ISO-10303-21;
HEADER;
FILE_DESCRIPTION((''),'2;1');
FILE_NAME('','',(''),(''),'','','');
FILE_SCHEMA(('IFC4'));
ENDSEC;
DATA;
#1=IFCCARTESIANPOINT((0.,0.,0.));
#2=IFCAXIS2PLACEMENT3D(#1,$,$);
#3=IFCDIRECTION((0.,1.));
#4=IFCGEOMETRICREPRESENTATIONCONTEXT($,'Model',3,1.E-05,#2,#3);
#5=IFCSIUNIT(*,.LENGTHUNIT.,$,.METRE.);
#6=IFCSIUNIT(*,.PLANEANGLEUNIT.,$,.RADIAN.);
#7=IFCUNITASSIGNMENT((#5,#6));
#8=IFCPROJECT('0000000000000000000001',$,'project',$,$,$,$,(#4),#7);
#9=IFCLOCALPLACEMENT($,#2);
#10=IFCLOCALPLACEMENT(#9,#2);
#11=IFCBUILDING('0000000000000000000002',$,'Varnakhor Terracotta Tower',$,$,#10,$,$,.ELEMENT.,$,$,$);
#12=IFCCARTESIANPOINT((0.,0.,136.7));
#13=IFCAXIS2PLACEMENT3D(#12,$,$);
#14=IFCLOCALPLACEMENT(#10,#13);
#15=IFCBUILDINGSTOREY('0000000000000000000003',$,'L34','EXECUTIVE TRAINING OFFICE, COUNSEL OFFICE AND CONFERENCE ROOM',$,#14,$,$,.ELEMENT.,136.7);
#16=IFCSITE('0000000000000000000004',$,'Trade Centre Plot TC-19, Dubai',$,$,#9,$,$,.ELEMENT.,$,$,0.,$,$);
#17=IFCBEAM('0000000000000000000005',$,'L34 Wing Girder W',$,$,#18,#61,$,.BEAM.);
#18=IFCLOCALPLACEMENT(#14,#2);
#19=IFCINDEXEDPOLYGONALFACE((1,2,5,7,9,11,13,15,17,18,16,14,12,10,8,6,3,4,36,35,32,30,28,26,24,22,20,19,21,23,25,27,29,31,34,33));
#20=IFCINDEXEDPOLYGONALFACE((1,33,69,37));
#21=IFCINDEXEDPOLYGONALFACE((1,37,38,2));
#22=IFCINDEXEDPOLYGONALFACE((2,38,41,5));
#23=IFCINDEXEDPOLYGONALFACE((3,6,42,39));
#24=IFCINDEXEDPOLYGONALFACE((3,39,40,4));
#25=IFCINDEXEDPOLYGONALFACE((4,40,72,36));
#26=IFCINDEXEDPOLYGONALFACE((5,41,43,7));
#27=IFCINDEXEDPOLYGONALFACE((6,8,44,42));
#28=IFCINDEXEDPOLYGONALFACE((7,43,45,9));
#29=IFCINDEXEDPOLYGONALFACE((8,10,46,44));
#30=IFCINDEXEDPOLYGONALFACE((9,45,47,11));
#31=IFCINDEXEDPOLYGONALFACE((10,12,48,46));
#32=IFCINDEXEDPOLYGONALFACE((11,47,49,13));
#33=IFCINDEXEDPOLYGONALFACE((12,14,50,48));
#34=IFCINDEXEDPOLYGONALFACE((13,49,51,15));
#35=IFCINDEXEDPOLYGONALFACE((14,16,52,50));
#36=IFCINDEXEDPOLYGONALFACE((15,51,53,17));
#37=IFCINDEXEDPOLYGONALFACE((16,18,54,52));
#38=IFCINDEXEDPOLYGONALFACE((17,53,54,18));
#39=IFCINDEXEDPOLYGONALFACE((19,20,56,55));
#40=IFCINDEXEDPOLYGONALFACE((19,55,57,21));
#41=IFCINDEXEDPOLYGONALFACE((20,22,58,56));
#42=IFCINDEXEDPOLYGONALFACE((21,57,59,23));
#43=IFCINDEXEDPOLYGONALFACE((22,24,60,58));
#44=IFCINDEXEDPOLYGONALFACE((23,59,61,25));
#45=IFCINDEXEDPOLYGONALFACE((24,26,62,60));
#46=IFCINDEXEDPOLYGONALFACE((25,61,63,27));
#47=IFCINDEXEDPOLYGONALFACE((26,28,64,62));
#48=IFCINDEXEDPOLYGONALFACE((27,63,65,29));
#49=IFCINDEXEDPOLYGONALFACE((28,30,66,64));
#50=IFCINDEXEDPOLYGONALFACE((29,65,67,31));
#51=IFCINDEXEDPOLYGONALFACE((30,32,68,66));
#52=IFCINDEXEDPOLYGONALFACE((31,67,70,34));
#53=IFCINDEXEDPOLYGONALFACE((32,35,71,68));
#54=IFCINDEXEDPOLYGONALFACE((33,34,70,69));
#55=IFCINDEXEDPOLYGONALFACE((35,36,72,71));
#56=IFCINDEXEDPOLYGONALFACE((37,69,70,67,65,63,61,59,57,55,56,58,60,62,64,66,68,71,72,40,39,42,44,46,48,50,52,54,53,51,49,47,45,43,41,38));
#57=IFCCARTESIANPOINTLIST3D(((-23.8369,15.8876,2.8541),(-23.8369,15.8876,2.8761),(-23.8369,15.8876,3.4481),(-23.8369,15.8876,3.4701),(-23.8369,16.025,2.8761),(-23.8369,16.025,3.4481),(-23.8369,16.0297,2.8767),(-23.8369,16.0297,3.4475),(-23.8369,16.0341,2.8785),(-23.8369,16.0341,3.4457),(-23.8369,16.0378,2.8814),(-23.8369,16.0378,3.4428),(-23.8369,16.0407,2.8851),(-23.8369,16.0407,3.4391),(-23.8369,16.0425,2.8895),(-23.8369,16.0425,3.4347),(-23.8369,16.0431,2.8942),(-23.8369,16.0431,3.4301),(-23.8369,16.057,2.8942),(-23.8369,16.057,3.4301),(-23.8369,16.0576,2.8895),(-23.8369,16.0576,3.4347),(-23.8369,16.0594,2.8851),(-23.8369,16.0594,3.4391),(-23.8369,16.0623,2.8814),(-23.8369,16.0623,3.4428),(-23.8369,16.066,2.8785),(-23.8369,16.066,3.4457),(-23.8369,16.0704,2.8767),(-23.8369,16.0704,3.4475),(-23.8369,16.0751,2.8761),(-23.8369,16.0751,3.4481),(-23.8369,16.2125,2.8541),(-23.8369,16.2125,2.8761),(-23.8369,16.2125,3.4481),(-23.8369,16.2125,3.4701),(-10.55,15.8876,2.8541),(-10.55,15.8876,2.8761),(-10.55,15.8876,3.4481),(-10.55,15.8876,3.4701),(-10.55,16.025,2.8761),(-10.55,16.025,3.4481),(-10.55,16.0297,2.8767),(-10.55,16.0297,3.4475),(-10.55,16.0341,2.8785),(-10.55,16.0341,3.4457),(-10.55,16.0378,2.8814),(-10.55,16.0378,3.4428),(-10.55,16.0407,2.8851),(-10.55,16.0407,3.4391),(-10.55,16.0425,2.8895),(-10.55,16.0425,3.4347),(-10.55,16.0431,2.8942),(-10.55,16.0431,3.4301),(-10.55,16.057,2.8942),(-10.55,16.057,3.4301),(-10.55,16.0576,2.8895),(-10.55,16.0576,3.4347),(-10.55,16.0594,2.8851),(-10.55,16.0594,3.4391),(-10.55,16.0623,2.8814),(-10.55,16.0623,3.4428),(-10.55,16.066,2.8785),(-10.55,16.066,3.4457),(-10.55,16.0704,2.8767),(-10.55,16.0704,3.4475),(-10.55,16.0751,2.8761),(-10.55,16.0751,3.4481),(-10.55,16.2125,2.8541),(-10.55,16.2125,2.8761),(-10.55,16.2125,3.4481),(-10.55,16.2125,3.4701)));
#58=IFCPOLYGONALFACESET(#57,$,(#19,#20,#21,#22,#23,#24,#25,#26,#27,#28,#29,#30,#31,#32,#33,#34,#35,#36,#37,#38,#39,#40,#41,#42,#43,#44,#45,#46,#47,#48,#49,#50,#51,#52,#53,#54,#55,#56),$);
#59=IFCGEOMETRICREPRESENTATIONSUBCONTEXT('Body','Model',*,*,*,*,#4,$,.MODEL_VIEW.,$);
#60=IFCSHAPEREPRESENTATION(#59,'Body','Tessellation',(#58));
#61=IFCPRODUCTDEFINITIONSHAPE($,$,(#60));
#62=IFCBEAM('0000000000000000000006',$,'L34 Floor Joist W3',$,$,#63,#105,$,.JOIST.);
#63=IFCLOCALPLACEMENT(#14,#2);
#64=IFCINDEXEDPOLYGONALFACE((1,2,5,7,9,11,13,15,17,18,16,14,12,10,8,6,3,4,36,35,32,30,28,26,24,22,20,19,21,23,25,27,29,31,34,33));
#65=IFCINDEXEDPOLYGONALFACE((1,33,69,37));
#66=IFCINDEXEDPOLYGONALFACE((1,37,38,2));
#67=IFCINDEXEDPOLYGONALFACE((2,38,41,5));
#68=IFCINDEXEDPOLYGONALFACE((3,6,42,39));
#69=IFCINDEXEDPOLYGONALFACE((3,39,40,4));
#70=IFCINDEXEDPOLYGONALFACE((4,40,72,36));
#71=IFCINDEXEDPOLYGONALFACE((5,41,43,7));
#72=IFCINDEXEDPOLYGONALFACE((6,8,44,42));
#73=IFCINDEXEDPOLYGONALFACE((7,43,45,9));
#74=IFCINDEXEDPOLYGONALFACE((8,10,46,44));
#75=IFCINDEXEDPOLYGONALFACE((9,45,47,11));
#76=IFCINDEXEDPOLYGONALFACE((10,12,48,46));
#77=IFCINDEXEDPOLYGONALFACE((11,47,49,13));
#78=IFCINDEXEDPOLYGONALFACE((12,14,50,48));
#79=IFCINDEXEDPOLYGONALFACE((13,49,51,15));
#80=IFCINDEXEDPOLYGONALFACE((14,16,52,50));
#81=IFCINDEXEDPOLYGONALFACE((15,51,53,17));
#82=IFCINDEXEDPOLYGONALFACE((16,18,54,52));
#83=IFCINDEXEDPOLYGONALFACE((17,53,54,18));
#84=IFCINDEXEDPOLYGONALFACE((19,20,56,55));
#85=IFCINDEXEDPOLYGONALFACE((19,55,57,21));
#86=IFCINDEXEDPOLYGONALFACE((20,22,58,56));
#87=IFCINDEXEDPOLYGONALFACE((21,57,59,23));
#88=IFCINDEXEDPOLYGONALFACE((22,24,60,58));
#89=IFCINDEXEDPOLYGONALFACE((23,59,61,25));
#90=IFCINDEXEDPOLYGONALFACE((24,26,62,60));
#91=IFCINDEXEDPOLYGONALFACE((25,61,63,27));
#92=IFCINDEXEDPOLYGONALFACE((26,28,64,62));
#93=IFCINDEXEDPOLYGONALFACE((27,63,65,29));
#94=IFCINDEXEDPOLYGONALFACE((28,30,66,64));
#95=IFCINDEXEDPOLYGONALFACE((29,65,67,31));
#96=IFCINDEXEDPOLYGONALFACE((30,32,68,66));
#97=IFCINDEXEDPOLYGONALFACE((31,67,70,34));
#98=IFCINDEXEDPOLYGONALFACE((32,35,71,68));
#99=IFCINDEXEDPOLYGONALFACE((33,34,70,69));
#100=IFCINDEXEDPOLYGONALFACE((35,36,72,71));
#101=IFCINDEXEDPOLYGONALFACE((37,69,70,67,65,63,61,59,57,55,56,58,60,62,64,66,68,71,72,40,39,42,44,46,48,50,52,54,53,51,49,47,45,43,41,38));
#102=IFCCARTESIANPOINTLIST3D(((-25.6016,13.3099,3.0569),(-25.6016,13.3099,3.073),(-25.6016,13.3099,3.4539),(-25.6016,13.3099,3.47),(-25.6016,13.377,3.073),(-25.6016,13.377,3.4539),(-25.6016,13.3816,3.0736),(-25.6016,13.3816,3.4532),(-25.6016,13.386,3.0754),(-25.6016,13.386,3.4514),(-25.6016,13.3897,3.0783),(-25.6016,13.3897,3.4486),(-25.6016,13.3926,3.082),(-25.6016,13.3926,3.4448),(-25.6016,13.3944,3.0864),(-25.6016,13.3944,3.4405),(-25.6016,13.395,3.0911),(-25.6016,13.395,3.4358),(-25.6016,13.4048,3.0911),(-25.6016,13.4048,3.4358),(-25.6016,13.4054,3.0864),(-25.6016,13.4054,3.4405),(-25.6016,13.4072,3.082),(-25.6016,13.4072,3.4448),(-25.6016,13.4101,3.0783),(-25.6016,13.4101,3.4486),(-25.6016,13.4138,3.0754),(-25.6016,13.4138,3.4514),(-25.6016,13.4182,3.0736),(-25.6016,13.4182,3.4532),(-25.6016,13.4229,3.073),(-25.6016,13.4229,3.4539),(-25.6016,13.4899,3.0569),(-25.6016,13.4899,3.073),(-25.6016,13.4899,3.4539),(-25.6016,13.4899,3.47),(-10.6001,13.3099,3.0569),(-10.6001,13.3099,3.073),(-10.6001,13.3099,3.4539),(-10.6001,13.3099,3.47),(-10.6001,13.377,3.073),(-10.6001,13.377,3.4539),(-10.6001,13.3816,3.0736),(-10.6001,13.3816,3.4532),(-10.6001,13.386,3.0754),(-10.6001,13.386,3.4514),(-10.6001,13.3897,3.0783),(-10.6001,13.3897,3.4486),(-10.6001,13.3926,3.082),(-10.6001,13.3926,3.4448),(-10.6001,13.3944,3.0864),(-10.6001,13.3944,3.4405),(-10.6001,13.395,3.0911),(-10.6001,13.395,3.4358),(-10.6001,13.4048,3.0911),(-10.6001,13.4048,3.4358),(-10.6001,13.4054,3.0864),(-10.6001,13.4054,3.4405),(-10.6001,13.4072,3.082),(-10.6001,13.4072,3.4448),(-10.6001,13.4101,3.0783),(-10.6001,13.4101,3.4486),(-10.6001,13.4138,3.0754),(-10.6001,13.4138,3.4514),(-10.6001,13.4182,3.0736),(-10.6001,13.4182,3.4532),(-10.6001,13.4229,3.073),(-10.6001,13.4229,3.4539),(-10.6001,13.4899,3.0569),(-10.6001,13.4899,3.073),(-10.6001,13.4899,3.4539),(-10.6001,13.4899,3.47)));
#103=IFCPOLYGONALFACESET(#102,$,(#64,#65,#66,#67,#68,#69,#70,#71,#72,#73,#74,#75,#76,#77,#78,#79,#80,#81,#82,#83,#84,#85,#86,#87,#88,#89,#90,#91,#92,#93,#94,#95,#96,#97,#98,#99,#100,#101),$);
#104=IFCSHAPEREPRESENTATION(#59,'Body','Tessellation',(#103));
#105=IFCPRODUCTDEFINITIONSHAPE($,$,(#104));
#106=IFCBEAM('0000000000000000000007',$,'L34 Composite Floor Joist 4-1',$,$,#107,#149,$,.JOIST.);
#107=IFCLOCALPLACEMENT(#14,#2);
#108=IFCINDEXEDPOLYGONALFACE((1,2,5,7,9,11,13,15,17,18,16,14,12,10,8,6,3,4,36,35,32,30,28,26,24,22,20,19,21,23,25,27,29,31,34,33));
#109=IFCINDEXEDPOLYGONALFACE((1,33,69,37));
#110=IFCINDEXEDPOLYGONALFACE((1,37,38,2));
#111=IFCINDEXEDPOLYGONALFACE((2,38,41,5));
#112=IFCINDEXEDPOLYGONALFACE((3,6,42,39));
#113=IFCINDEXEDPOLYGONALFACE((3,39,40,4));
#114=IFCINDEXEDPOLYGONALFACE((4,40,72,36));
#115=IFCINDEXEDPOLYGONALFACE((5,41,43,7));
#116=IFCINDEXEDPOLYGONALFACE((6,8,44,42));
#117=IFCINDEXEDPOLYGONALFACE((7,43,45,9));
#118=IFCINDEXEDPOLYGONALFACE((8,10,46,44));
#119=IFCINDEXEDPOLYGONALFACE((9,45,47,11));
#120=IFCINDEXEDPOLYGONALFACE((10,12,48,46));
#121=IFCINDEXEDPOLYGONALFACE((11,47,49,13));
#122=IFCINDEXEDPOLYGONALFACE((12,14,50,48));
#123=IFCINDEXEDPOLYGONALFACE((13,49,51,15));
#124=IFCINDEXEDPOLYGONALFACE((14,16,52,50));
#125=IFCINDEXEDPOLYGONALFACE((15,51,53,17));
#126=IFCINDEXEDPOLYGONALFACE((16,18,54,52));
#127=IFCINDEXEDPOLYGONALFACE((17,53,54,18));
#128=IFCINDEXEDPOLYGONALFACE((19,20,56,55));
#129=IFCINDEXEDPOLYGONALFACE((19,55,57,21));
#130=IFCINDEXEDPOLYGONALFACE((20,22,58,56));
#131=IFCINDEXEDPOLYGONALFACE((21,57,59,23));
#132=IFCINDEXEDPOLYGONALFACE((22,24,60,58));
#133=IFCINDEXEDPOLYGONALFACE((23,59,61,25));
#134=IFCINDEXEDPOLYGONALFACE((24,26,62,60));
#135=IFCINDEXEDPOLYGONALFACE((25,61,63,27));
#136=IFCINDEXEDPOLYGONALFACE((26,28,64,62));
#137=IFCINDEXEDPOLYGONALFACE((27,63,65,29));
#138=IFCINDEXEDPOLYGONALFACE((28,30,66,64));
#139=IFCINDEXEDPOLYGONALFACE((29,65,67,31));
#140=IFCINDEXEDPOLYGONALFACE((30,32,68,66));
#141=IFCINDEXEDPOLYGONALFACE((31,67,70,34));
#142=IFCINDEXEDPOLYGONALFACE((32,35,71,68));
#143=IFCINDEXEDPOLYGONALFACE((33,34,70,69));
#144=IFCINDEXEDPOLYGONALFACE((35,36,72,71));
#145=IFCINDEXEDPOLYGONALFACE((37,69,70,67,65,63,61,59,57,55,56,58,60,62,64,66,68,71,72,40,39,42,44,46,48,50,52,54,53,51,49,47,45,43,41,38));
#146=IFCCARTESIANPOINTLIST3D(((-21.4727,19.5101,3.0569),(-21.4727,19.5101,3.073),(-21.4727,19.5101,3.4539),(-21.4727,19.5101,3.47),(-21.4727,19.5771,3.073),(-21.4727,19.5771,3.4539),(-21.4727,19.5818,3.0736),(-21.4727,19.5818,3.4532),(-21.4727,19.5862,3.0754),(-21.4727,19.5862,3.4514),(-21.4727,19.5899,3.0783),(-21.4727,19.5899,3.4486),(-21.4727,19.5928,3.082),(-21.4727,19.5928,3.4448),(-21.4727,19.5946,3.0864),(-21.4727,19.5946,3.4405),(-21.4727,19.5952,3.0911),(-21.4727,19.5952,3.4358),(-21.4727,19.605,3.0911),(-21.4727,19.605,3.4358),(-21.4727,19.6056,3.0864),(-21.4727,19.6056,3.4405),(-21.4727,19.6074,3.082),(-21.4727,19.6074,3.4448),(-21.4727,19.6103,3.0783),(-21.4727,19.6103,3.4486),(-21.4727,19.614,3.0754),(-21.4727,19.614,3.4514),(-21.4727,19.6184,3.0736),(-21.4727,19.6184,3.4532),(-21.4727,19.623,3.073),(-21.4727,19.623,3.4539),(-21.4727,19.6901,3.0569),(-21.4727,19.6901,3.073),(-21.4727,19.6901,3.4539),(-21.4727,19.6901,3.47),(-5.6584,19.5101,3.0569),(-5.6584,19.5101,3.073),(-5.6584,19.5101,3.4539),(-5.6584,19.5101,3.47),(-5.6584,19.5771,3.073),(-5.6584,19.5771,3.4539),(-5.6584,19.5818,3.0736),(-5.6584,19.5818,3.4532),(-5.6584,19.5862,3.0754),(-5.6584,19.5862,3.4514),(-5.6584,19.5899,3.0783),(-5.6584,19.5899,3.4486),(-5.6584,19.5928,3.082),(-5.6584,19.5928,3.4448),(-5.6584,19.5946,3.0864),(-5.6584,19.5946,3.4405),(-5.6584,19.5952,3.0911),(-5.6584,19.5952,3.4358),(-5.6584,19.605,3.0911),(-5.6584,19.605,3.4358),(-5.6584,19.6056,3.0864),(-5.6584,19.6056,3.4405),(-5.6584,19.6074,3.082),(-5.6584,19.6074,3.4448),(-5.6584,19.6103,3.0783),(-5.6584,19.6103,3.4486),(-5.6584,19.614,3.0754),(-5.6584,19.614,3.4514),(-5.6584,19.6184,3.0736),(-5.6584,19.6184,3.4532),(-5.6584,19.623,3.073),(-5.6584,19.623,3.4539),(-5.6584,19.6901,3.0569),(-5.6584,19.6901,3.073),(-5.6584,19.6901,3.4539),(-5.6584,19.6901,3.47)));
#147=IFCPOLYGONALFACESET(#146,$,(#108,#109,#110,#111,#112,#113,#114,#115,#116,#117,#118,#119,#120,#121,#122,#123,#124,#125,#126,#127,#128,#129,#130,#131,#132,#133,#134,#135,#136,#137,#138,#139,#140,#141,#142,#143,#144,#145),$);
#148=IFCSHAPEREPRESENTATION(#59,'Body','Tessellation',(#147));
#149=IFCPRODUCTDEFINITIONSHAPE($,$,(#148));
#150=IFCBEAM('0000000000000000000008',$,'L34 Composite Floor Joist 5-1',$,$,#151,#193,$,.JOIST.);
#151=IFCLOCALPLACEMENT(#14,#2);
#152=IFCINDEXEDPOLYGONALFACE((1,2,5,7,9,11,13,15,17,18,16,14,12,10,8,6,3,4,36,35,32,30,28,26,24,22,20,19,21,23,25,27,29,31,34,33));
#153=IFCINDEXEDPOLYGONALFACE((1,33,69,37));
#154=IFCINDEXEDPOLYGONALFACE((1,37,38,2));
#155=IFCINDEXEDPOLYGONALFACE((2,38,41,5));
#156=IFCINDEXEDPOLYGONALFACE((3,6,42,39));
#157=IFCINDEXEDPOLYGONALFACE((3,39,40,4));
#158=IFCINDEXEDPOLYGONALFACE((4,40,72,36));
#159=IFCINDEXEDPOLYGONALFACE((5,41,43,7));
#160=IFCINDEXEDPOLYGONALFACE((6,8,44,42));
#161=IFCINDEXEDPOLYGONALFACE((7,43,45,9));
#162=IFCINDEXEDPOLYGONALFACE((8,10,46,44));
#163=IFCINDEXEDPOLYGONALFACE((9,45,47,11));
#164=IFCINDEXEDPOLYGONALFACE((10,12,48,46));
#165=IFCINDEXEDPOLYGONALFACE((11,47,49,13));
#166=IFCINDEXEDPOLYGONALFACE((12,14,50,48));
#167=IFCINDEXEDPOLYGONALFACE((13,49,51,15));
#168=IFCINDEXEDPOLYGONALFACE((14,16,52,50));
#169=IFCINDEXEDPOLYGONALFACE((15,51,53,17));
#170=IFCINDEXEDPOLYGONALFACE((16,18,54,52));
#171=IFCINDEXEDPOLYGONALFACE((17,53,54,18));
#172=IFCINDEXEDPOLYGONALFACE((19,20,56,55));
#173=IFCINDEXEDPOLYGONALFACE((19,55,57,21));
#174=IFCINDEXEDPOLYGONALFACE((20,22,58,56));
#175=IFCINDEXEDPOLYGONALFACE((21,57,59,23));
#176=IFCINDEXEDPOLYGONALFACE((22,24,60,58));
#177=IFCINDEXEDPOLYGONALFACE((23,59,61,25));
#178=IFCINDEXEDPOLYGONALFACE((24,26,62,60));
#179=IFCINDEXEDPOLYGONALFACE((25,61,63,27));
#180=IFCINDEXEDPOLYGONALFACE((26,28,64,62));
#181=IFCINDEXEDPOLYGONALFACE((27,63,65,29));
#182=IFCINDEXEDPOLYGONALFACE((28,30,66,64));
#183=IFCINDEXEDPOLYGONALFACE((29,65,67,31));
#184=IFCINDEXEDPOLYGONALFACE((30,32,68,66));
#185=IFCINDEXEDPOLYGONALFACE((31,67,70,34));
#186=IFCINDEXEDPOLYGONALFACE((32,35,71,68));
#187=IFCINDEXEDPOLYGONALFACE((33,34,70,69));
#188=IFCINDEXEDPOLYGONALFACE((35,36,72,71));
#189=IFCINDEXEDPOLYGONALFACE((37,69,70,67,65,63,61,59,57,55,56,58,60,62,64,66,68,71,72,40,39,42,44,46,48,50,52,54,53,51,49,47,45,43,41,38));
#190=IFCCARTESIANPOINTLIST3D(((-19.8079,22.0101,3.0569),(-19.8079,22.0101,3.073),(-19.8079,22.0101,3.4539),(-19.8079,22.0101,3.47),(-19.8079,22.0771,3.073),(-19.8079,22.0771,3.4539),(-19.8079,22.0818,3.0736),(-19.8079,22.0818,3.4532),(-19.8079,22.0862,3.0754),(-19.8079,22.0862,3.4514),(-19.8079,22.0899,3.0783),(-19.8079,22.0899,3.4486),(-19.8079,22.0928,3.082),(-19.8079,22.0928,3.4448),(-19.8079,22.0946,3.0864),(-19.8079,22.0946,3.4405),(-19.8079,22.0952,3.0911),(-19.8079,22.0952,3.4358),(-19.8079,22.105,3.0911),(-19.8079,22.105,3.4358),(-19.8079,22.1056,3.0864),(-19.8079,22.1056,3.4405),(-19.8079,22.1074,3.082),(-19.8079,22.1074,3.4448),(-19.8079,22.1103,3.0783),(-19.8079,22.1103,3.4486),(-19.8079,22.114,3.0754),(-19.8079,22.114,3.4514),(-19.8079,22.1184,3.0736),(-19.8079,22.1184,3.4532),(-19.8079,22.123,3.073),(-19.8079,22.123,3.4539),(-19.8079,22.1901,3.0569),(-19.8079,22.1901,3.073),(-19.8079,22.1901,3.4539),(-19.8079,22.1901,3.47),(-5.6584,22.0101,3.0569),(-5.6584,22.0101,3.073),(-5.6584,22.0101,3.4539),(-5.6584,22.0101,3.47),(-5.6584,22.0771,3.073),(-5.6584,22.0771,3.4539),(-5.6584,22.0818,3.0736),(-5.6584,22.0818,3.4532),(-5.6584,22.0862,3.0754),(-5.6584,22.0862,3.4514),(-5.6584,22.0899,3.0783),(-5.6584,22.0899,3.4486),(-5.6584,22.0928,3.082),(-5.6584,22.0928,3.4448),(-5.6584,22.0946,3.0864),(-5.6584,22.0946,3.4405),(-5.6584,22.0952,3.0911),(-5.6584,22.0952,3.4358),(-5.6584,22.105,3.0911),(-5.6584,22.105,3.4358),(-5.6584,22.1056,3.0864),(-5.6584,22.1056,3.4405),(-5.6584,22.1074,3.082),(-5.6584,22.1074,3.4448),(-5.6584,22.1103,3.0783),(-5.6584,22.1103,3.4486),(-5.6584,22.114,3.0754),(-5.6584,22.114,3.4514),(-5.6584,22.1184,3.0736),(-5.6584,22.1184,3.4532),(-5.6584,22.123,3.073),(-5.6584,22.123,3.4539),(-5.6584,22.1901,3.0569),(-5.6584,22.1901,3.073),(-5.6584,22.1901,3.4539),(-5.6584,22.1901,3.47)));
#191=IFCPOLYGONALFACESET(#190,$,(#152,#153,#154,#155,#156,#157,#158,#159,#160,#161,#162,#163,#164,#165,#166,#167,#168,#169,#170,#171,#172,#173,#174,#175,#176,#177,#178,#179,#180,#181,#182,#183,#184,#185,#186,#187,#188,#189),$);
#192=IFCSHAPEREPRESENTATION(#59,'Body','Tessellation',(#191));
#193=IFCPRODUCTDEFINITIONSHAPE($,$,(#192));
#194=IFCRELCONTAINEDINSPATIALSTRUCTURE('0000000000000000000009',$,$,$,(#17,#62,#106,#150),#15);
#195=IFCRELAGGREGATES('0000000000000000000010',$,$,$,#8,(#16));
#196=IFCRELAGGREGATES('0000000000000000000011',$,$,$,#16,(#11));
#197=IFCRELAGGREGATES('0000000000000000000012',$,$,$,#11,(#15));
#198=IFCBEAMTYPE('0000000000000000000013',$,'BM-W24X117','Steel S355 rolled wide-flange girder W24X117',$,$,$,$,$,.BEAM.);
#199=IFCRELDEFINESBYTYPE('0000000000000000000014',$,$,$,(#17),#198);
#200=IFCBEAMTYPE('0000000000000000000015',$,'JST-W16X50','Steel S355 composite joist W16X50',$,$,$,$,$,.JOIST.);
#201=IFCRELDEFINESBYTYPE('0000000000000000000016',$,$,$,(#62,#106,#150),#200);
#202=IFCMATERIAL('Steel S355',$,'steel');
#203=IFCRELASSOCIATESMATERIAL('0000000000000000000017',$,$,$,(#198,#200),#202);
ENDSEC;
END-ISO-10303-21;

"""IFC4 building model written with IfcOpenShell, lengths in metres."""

from ifc_helpers import new_model, si_unit, direction, frame, origin, origin_2d, place, context, subcontext, project, spatial, i_section, extrude, source, transform, mapped, material, material_profile, profile_set, type_object, element, save


model = new_model("IFC4")

# Units and contexts
model_context = context("Model", 3, precision=1e-05, world=origin(), true_north=direction((0.0, 1.0)))
body_context = subcontext(model_context, "Body", "Model", "MODEL_VIEW")
ifc_project = project(units=[si_unit("LENGTHUNIT", "METRE"), si_unit("PLANEANGLEUNIT", "RADIAN")], contexts=[model_context])

# Site, building, storey
site_placement = place(None, origin())
site = spatial("IfcSite", under=ifc_project, at=site_placement, Name="Trade Centre Plot TC-19, Dubai", CompositionType="ELEMENT", RefElevation=0.0)
building_placement = place(site_placement, origin())
building = spatial("IfcBuilding", under=site, at=building_placement, Name="Varnakhor Terracotta Tower", CompositionType="ELEMENT")
storey_placement = place(building_placement, frame((0.0, 0.0, 136.7)))
storey = spatial("IfcBuildingStorey", under=building, at=storey_placement, Name="L34", Description="EXECUTIVE TRAINING OFFICE, COUNSEL OFFICE AND CONFERENCE ROOM", CompositionType="ELEMENT", Elevation=136.7)

# Beams
ifc_material_1 = material(Name="Steel S355", Category="steel")
ifc_material_profile_1 = material_profile(ifc_material_1, i_section(OverallWidth=0.325, OverallDepth=0.616, WebThickness=0.0139, FlangeThickness=0.022, FilletRadius=0.0181, at=origin_2d()), Name="W24X117")
ifc_profile_set_1 = profile_set([ifc_material_profile_1], Name="Steel S355")
beam_type_1 = type_object("IfcBeamType", Name="BM-W24X117", Description="Steel S355 rolled wide-flange girder W24X117", PredefinedType="BEAM", material=ifc_profile_set_1)
shared_shape_1 = source(origin(), body_context, "Body", "SweptSolid", [
    extrude(i_section(OverallWidth=0.325, OverallDepth=0.616, WebThickness=0.0139, FlangeThickness=0.022, FilletRadius=0.0181, at=origin_2d()), origin(), (0.0, 0.0, 1.0), 13.2869),
])
beam_1_placement = place(storey_placement, frame((-23.8369, 16.05, 3.1621), z_axis=(1.0, 0.0, 0.0), x_axis=(0.0, 1.0, 0.0)))
element("IfcBeam", 1, at=beam_1_placement, inside=storey, type_object=beam_type_1, Name="L34 Wing Girder W", PredefinedType="BEAM", context=body_context, shape_type="MappedRepresentation", body=[
    mapped(shared_shape_1, transform((0.0, 0.0, 0.0), scale=1.0)),
])
ifc_material_profile_2 = material_profile(ifc_material_1, i_section(OverallWidth=0.1799, OverallDepth=0.4131, WebThickness=0.0098, FlangeThickness=0.0161, FilletRadius=0.0181, at=origin_2d()), Name="W16X50")
ifc_profile_set_2 = profile_set([ifc_material_profile_2], Name="Steel S355")
beam_type_2 = type_object("IfcBeamType", Name="JST-W16X50", Description="Steel S355 composite joist W16X50", PredefinedType="JOIST", material=ifc_profile_set_2)
shared_shape_2 = source(origin(), body_context, "Body", "SweptSolid", [
    extrude(i_section(OverallWidth=0.1799, OverallDepth=0.4131, WebThickness=0.0098, FlangeThickness=0.0161, FilletRadius=0.0181, at=origin_2d()), origin(), (0.0, 0.0, 1.0), 15.0015),
])
beam_2_placement = place(storey_placement, frame((-25.6016, 13.3999, 3.2634), z_axis=(1.0, 0.0, 0.0), x_axis=(0.0, 1.0, 0.0)))
element("IfcBeam", 2, at=beam_2_placement, inside=storey, type_object=beam_type_2, Name="L34 Floor Joist W3", PredefinedType="JOIST", context=body_context, shape_type="MappedRepresentation", body=[
    mapped(shared_shape_2, transform((0.0, 0.0, 0.0), scale=1.0)),
])
shared_shape_3 = source(origin(), body_context, "Body", "SweptSolid", [
    extrude(i_section(OverallWidth=0.1799, OverallDepth=0.4131, WebThickness=0.0098, FlangeThickness=0.0161, FilletRadius=0.0181, at=origin_2d()), origin(), (0.0, 0.0, 1.0), 15.8142),
])
beam_3_placement = place(storey_placement, frame((-21.4727, 19.6001, 3.2634), z_axis=(1.0, 0.0, 0.0), x_axis=(0.0, 1.0, 0.0)))
element("IfcBeam", 3, at=beam_3_placement, inside=storey, type_object=beam_type_2, Name="L34 Composite Floor Joist 4-1", PredefinedType="JOIST", context=body_context, shape_type="MappedRepresentation", body=[
    mapped(shared_shape_3, transform((0.0, 0.0, 0.0), scale=1.0)),
])
shared_shape_4 = source(origin(), body_context, "Body", "SweptSolid", [
    extrude(i_section(OverallWidth=0.1799, OverallDepth=0.4131, WebThickness=0.0098, FlangeThickness=0.0161, FilletRadius=0.0181, at=origin_2d()), origin(), (0.0, 0.0, 1.0), 14.1494),
])
beam_4_placement = place(storey_placement, frame((-19.8079, 22.1001, 3.2634), z_axis=(1.0, 0.0, 0.0), x_axis=(0.0, 1.0, 0.0)))
element("IfcBeam", 4, at=beam_4_placement, inside=storey, type_object=beam_type_2, Name="L34 Composite Floor Joist 5-1", PredefinedType="JOIST", context=body_context, shape_type="MappedRepresentation", body=[
    mapped(shared_shape_4, transform((0.0, 0.0, 0.0), scale=1.0)),
])

save(model, "model.ifc")
